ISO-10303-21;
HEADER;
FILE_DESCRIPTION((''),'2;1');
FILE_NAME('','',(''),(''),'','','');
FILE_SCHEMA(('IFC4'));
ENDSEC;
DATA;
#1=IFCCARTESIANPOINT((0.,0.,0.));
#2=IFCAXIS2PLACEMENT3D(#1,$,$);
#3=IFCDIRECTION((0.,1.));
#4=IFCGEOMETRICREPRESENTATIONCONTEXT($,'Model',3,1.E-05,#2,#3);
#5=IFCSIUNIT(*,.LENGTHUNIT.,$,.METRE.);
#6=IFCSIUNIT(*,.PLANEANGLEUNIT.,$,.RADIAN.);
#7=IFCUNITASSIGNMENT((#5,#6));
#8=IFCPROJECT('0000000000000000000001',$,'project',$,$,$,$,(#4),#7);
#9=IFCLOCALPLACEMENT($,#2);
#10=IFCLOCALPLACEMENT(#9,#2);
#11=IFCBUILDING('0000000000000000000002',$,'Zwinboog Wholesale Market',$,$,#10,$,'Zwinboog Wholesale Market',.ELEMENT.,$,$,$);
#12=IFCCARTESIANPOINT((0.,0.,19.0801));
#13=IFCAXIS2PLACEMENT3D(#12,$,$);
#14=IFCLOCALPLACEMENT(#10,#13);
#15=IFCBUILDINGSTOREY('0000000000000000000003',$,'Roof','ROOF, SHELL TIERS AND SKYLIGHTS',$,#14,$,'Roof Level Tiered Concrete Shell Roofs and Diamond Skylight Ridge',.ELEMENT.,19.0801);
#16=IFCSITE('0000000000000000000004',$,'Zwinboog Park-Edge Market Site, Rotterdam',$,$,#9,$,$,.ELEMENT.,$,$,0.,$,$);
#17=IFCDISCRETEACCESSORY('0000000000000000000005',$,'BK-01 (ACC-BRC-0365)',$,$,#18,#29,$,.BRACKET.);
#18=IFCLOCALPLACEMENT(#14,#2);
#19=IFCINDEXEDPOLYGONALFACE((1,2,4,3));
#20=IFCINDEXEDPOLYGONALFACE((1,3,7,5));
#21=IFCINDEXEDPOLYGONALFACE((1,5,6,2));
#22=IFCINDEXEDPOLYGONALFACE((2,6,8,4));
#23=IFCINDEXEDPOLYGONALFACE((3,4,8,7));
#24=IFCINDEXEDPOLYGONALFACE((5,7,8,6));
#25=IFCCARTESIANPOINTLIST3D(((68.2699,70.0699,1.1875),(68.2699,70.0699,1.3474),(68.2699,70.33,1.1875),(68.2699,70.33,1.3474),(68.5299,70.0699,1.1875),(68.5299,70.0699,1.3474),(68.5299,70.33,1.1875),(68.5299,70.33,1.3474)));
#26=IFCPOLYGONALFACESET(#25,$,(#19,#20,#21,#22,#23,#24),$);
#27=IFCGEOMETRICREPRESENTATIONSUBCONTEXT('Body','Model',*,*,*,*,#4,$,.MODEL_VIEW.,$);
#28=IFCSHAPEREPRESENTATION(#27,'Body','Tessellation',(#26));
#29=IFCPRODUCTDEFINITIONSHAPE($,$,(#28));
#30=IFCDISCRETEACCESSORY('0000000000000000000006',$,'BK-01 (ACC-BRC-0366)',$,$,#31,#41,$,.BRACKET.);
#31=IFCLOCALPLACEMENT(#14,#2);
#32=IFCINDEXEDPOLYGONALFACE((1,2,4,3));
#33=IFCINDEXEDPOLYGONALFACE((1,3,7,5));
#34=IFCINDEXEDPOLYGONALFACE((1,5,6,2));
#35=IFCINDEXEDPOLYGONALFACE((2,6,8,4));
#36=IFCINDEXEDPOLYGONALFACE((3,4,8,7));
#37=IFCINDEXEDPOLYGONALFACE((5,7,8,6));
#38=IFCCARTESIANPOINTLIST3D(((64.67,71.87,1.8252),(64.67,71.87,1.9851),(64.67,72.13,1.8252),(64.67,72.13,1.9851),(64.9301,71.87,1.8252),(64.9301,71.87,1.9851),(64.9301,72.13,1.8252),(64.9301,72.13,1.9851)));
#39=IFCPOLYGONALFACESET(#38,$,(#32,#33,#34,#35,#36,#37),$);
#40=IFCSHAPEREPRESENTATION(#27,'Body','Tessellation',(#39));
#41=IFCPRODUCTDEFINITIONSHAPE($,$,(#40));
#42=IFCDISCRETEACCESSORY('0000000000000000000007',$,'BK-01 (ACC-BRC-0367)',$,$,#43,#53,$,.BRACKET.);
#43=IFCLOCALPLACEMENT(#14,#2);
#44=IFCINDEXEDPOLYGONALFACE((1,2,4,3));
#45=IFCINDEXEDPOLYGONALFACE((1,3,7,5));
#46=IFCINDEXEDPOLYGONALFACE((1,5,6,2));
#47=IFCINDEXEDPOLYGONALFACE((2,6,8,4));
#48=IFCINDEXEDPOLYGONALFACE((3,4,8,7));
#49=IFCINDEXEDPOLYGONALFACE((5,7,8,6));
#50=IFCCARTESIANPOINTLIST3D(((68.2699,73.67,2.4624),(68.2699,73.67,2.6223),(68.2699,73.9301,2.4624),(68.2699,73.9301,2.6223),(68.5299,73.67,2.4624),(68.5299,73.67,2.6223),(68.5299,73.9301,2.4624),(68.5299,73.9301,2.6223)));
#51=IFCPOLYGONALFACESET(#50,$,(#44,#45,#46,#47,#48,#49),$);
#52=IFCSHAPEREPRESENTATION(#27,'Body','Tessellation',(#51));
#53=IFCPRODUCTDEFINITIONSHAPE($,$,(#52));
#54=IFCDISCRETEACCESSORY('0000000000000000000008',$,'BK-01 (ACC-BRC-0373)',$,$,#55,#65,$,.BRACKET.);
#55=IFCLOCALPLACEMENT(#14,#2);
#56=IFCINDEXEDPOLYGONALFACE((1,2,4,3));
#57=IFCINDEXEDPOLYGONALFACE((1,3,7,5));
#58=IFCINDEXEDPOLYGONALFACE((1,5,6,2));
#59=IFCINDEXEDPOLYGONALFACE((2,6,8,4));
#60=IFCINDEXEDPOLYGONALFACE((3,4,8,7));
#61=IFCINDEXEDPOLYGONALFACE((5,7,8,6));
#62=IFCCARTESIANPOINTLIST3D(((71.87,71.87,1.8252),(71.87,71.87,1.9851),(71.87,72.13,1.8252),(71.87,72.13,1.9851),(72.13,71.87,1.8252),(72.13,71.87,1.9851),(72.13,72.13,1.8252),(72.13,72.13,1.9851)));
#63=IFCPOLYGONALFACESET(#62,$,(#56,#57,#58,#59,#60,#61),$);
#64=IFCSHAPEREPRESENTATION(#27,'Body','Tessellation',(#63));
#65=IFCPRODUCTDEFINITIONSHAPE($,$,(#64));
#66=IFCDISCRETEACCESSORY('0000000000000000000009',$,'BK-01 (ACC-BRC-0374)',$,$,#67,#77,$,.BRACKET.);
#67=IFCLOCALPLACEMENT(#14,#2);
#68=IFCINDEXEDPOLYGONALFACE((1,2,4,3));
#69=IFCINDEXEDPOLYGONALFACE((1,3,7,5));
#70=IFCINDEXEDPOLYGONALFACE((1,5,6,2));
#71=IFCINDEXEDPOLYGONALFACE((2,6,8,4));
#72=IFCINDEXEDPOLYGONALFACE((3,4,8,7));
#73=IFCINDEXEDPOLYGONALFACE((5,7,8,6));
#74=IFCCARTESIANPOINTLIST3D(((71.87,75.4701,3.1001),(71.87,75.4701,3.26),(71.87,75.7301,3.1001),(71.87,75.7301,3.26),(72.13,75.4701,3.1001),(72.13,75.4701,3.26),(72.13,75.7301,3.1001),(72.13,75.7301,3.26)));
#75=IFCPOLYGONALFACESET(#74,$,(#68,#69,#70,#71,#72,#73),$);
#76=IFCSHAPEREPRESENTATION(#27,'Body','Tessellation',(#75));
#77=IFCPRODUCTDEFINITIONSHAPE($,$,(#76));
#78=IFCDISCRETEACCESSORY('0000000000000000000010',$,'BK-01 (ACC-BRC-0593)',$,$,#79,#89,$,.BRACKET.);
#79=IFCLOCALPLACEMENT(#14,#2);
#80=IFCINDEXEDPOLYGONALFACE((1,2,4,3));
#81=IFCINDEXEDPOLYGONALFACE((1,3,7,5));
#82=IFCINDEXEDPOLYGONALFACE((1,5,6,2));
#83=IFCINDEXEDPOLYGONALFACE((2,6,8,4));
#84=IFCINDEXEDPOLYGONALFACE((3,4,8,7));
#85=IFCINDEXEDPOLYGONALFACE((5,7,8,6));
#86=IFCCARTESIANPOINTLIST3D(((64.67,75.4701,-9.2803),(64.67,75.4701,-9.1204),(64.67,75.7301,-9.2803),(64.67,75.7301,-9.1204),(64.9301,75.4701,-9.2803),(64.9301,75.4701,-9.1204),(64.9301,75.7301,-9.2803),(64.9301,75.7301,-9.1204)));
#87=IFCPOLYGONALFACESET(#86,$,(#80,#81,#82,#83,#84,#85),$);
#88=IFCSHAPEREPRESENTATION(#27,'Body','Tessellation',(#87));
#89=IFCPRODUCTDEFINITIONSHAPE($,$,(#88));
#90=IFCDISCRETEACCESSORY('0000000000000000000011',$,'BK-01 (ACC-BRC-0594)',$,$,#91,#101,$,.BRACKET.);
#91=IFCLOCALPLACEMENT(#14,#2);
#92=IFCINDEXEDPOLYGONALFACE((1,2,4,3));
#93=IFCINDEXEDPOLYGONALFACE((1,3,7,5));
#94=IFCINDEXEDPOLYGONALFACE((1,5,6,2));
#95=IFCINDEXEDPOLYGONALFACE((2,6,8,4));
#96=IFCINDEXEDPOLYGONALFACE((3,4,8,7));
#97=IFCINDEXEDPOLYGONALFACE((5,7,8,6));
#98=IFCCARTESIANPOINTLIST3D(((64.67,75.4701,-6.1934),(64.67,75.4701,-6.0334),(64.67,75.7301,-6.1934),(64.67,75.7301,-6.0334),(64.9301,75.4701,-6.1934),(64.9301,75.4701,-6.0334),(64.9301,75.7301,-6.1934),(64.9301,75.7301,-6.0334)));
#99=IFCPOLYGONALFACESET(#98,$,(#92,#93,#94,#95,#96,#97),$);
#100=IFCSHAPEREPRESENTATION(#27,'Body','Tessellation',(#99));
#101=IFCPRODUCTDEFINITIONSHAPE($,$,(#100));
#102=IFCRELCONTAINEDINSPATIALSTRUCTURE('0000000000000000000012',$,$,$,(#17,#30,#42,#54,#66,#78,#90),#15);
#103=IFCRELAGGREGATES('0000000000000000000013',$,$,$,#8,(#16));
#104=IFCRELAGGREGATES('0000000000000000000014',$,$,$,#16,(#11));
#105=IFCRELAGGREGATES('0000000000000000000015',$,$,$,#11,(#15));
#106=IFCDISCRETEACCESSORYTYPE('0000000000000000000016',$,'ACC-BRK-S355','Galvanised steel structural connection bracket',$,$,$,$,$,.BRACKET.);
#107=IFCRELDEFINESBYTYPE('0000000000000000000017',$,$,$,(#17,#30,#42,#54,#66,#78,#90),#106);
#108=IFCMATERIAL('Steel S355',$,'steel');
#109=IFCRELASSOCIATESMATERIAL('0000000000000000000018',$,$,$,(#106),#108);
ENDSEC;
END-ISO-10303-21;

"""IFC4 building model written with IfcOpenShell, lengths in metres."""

from ifc_helpers import new_model, si_unit, direction, frame, origin, origin_2d, place, context, subcontext, project, spatial, rectangle, extrude, material, type_object, element, save


model = new_model("IFC4")

# Units and contexts
model_context = context("Model", 3, precision=1e-05, world=origin(), true_north=direction((0.0, 1.0)))
body_context = subcontext(model_context, "Body", "Model", "MODEL_VIEW")
ifc_project = project(units=[si_unit("LENGTHUNIT", "METRE"), si_unit("PLANEANGLEUNIT", "RADIAN")], contexts=[model_context])

# Site, building, storey
site_placement = place(None, origin())
site = spatial("IfcSite", under=ifc_project, at=site_placement, Name="Zwinboog Park-Edge Market Site, Rotterdam", CompositionType="ELEMENT", RefElevation=0.0)
building_placement = place(site_placement, origin())
building = spatial("IfcBuilding", under=site, at=building_placement, Name="Zwinboog Wholesale Market", LongName="Zwinboog Wholesale Market", CompositionType="ELEMENT")
storey_placement = place(building_placement, frame((0.0, 0.0, 19.0801)))
storey = spatial("IfcBuildingStorey", under=building, at=storey_placement, Name="Roof", Description="ROOF, SHELL TIERS AND SKYLIGHTS", LongName="Roof Level Tiered Concrete Shell Roofs and Diamond Skylight Ridge", CompositionType="ELEMENT", Elevation=19.0801)

# Shared definitions
ifc_material_1 = material(Name="Steel S355", Category="steel")

# Discrete accessories
discrete_accessory_type = type_object("IfcDiscreteAccessoryType", Name="ACC-BRK-S355", Description="Galvanised steel structural connection bracket", PredefinedType="BRACKET", material=ifc_material_1)
for number, where, z_axis, x_axis, name in (
    (1, (68.3999, 70.2, 1.1875), (0.0, 0.0, 1.0), (1.0, 0.0, 0.0), "BK-01 (ACC-BRC-0365)"),
    (2, (64.8, 72.0, 1.8252), (0.0, 0.0, 1.0), (1.0, 0.0, 0.0), "BK-01 (ACC-BRC-0366)"),
    (3, (68.3999, 73.8, 2.4624), (0.0, 0.0, 1.0), (1.0, 0.0, 0.0), "BK-01 (ACC-BRC-0367)"),
    (4, (72.0, 72.0, 1.8252), (0.0, 0.0, 1.0), (1.0, 0.0, 0.0), "BK-01 (ACC-BRC-0373)"),
    (5, (72.0, 75.6001, 3.1001), (0.0, 0.0, 1.0), (1.0, 0.0, 0.0), "BK-01 (ACC-BRC-0374)"),
    (6, (64.8, 75.6001, -9.2803), (0.0, 0.0, 1.0), (1.0, 0.0, 0.0), "BK-01 (ACC-BRC-0593)"),
    (7, (64.8, 75.6001, -6.1934), (0.0, 0.0, 1.0), (1.0, 0.0, 0.0), "BK-01 (ACC-BRC-0594)"),
):
    element("IfcDiscreteAccessory", number, at=place(storey_placement, frame(where, z_axis=z_axis, x_axis=x_axis)), inside=storey, type_object=discrete_accessory_type, Name=name, PredefinedType="BRACKET", context=body_context, shape_type="SweptSolid", body=[
        extrude(rectangle(XDim=0.26, YDim=0.26, at=origin_2d()), origin(), (0.0, 0.0, 1.0), 0.1599),
    ])

save(model, "model.ifc")
